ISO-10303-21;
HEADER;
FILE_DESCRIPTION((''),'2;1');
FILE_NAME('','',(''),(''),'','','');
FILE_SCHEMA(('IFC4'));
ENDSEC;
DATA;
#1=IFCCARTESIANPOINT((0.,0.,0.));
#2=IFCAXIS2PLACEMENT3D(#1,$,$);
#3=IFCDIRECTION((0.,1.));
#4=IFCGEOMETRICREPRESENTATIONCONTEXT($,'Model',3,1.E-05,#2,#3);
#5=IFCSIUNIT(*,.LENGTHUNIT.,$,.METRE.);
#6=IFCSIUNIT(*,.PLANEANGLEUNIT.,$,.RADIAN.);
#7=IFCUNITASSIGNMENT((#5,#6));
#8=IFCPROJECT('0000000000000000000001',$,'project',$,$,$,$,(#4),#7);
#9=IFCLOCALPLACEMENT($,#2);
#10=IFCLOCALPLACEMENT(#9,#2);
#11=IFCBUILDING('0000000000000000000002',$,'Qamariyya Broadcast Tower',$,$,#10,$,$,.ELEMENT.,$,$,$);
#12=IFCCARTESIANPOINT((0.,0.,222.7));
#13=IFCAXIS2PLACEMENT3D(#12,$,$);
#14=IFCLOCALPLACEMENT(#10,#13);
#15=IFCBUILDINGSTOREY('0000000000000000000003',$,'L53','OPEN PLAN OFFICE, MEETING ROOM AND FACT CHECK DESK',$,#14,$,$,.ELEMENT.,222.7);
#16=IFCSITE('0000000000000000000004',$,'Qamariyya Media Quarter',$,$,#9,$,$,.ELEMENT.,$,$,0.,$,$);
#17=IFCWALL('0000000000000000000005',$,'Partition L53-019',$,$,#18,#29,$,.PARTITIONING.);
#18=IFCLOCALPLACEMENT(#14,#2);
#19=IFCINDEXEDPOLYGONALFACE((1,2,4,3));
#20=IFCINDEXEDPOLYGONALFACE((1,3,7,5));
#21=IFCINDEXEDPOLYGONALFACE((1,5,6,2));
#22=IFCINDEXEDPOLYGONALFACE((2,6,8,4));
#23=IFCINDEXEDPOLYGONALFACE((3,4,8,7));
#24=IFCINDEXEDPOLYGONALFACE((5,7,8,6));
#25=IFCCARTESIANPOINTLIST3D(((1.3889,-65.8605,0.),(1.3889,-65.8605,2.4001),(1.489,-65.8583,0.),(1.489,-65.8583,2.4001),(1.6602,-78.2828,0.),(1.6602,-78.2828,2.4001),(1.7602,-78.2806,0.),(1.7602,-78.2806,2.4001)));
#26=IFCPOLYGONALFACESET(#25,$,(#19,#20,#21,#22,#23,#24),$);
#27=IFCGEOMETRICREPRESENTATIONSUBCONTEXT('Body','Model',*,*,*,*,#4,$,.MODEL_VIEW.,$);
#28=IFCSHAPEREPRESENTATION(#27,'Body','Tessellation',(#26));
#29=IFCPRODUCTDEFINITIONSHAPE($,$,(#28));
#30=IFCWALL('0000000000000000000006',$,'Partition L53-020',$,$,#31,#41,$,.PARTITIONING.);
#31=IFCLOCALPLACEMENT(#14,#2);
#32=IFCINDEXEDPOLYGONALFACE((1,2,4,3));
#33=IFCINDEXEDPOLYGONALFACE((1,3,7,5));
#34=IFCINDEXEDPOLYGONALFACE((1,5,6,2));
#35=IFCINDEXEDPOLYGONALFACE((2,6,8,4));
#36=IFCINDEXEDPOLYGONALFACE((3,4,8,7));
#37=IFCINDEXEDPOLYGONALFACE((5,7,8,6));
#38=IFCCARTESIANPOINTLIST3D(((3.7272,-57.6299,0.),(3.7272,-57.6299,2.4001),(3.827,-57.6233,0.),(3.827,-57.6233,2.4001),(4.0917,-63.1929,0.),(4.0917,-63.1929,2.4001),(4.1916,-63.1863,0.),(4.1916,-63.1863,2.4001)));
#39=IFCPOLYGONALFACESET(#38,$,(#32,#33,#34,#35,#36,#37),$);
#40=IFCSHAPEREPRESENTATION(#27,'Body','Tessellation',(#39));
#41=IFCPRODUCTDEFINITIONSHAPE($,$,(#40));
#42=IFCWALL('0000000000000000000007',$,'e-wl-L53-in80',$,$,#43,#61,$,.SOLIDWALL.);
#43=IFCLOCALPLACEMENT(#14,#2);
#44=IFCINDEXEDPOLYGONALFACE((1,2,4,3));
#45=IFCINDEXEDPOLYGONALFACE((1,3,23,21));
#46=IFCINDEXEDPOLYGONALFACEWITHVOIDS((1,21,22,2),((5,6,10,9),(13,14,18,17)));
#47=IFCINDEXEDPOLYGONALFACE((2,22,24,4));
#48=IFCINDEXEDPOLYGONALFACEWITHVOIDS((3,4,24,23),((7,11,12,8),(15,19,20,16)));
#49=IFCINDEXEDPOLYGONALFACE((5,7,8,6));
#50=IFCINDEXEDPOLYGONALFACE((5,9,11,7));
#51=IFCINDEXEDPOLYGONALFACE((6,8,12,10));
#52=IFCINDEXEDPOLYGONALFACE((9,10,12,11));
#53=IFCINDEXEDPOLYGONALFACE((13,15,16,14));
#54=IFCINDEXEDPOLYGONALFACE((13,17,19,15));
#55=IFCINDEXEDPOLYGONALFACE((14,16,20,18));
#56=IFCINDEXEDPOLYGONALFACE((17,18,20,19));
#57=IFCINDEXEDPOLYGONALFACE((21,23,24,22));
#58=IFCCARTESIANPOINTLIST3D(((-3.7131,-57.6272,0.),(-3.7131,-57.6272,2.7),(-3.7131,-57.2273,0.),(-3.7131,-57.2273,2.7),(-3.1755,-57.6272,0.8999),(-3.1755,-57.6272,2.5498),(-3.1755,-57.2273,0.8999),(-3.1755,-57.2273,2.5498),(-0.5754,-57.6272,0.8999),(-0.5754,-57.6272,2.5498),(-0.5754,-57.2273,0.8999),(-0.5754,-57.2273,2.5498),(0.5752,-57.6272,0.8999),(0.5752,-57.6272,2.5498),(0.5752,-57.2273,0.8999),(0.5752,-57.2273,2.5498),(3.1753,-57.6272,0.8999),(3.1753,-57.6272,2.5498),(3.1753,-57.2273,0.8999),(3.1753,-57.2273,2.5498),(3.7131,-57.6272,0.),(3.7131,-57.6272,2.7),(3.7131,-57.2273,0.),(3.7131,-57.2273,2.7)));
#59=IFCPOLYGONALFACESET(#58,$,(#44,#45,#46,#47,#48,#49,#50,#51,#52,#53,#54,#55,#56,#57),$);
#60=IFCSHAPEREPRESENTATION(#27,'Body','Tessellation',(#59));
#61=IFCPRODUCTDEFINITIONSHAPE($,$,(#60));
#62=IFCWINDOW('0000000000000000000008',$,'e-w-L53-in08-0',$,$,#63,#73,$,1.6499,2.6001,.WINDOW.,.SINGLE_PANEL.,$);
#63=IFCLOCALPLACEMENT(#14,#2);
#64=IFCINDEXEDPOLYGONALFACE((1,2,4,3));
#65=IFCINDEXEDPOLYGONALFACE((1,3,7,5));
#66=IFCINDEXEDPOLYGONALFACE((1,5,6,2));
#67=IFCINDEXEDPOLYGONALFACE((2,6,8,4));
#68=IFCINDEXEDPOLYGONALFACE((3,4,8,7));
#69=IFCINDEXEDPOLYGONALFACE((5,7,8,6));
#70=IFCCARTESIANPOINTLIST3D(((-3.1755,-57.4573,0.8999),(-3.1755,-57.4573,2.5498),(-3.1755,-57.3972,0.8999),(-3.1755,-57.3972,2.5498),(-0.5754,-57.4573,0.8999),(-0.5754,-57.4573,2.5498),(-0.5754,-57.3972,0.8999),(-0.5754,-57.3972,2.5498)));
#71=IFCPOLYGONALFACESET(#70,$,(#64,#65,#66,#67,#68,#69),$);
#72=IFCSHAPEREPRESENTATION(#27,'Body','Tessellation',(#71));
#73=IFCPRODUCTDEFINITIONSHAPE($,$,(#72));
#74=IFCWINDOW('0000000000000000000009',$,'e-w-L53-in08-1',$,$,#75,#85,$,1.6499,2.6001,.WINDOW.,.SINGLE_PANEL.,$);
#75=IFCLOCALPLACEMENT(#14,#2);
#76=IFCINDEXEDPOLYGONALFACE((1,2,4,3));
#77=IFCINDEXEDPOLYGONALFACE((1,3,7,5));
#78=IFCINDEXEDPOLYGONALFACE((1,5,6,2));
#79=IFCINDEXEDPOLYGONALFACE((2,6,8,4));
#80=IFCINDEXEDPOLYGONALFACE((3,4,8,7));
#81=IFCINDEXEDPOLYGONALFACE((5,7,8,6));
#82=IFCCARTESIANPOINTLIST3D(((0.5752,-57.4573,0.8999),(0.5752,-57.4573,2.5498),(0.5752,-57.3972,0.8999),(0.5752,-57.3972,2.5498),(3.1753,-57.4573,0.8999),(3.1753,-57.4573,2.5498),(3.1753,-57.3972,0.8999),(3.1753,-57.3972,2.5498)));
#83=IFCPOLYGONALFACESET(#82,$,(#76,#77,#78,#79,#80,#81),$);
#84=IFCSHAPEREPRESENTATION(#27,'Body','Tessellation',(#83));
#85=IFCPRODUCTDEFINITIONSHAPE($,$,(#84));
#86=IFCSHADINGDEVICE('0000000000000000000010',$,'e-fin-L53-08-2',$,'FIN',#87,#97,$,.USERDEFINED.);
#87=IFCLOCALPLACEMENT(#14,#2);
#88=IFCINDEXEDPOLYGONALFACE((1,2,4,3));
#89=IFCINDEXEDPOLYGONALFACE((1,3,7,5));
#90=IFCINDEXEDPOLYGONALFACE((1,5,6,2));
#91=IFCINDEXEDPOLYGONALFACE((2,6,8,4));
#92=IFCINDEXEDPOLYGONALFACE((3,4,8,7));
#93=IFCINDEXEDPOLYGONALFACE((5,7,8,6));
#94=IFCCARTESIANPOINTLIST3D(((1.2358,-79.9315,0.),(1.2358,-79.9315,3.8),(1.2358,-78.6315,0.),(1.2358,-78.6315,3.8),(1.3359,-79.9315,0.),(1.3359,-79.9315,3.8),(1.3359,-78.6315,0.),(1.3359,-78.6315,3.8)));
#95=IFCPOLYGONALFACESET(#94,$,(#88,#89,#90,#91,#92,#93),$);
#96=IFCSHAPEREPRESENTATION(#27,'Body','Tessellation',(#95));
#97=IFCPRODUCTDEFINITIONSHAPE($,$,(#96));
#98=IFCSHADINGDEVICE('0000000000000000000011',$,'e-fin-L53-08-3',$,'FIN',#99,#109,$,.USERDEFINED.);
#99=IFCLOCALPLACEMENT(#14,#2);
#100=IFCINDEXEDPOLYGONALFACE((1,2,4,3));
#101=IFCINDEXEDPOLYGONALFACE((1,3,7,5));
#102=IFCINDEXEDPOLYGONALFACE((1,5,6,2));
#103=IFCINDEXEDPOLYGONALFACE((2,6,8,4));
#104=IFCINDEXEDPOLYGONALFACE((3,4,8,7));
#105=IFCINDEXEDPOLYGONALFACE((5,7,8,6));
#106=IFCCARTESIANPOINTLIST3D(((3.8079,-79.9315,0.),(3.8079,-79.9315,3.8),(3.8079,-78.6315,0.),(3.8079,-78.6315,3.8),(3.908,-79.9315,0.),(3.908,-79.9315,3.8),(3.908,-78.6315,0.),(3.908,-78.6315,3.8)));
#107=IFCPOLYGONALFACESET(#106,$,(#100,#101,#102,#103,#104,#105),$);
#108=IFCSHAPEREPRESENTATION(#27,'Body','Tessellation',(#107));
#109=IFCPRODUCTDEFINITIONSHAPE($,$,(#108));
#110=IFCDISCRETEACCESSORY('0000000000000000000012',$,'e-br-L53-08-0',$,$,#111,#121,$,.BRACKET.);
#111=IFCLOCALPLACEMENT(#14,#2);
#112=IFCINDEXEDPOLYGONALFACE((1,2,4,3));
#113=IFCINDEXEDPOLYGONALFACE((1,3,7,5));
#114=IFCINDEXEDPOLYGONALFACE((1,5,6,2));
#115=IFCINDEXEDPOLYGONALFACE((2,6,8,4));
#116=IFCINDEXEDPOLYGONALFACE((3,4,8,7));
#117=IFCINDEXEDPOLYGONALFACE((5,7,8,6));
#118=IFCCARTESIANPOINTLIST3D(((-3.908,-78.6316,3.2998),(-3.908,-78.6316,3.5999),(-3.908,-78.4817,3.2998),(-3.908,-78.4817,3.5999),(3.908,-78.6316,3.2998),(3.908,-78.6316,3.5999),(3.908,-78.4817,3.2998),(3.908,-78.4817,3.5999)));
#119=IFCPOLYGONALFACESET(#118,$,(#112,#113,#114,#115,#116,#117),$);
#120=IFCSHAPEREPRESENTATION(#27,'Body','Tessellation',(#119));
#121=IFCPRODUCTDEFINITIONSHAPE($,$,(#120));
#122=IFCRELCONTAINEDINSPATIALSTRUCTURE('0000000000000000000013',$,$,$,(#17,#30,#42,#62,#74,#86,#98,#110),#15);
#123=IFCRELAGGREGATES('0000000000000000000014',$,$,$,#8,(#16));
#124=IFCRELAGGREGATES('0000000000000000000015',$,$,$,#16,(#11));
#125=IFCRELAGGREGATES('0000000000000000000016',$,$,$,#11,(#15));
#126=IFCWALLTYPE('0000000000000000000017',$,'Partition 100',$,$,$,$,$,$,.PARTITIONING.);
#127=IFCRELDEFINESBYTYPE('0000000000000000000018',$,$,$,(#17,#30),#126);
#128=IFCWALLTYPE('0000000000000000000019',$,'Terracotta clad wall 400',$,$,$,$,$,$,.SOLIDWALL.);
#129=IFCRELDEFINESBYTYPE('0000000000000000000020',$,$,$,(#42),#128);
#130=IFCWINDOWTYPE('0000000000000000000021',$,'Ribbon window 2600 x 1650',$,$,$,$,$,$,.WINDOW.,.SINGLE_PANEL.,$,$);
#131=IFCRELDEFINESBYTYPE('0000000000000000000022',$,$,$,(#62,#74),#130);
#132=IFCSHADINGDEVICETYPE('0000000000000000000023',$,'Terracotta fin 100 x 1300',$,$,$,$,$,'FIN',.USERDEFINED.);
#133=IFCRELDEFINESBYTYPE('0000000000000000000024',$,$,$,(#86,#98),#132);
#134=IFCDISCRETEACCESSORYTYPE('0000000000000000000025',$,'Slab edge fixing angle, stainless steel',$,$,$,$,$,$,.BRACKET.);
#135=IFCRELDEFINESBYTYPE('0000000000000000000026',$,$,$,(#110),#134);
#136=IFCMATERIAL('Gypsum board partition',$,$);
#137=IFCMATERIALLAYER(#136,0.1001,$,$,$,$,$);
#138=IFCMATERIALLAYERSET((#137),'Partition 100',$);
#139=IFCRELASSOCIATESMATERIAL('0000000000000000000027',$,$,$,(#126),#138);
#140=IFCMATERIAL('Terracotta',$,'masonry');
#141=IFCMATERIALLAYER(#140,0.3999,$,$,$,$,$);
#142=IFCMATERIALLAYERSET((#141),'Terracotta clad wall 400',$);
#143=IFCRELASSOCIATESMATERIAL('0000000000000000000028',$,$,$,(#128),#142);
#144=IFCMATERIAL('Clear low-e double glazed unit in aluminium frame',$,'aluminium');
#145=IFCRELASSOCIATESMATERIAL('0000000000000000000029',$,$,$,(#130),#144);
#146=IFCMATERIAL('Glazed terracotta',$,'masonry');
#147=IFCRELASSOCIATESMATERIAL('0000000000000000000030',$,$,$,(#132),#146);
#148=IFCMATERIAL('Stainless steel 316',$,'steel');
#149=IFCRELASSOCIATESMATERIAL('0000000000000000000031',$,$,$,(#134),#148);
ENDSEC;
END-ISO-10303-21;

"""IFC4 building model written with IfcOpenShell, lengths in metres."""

from ifc_helpers import new_model, si_unit, direction, frame, frame_2d, origin, origin_2d, place, context, subcontext, project, spatial, rectangle, extrude, material, layer, layer_set, material_profile, profile_set, type_object, element, fill, save


model = new_model("IFC4")

# Units and contexts
model_context = context("Model", 3, precision=1e-05, world=origin(), true_north=direction((0.0, 1.0)))
body_context = subcontext(model_context, "Body", "Model", "MODEL_VIEW")
ifc_project = project(units=[si_unit("LENGTHUNIT", "METRE"), si_unit("PLANEANGLEUNIT", "RADIAN")], contexts=[model_context])

# Site, building, storey
site_placement = place(None, origin())
site = spatial("IfcSite", under=ifc_project, at=site_placement, Name="Qamariyya Media Quarter", CompositionType="ELEMENT", RefElevation=0.0)
building_placement = place(site_placement, origin())
building = spatial("IfcBuilding", under=site, at=building_placement, Name="Qamariyya Broadcast Tower", CompositionType="ELEMENT")
storey_placement = place(building_placement, frame((0.0, 0.0, 222.7)))
storey = spatial("IfcBuildingStorey", under=building, at=storey_placement, Name="L53", Description="OPEN PLAN OFFICE, MEETING ROOM AND FACT CHECK DESK", CompositionType="ELEMENT", Elevation=222.7)

# Shared definitions
ifc_material_1 = material(Name="Gypsum board partition")

# Walls
ifc_layer_1 = layer(ifc_material_1, 0.1001)
ifc_layer_set_1 = layer_set([ifc_layer_1], Name="Partition 100")
wall_type_1 = type_object("IfcWallType", Name="Partition 100", PredefinedType="PARTITIONING", material=ifc_layer_set_1)
wall_1_placement = place(storey_placement, frame((1.7102, -78.2817, 0.0), z_axis=(0.0, 0.0, 1.0), x_axis=(-0.02183, 0.999762, 0.0)))
element("IfcWall", 1, at=wall_1_placement, inside=storey, type_object=wall_type_1, Name="Partition L53-019", PredefinedType="PARTITIONING", context=body_context, shape_type="SweptSolid", body=[
    extrude(rectangle(XDim=12.4253, YDim=0.1001, at=frame_2d((6.2126, 0.0))), origin(), (0.0, 0.0, 1.0), 2.4001),
])
wall_2_placement = place(storey_placement, frame((3.7771, -57.6265, 0.0), z_axis=(0.0, 0.0, 1.0), x_axis=(0.065382, -0.99786, 0.0)))
element("IfcWall", 2, at=wall_2_placement, inside=storey, type_object=wall_type_1, Name="Partition L53-020", PredefinedType="PARTITIONING", context=body_context, shape_type="SweptSolid", body=[
    extrude(rectangle(XDim=5.575, YDim=0.1001, at=frame_2d((2.7876, 0.0))), origin(), (0.0, 0.0, 1.0), 2.4001),
])

# Wall, openings, windows
ifc_material_2 = material(Name="Terracotta", Category="masonry")
ifc_layer_2 = layer(ifc_material_2, 0.3999)
ifc_layer_set_2 = layer_set([ifc_layer_2], Name="Terracotta clad wall 400")
wall_type_2 = type_object("IfcWallType", Name="Terracotta clad wall 400", PredefinedType="SOLIDWALL", material=ifc_layer_set_2)
wall_3_placement = place(storey_placement, frame((3.7131, -57.4272, 0.0), z_axis=(0.0, 0.0, 1.0), x_axis=(-1.0, 0.0, 0.0)))
wall_3 = element("IfcWall", 3, at=wall_3_placement, inside=storey, type_object=wall_type_2, Name="e-wl-L53-in80", PredefinedType="SOLIDWALL", context=body_context, shape_type="SweptSolid", body=[
    extrude(rectangle(XDim=7.4263, YDim=0.3999, at=frame_2d((3.7131, 0.0))), origin(), (0.0, 0.0, 1.0), 2.7),
])
opening_1_placement = place(wall_3_placement, frame((4.2886, 0.0, 0.8999)))
opening_1 = element("IfcOpeningElement", 4, at=opening_1_placement, cuts=wall_3, PredefinedType="OPENING", context=body_context, shape_type="SweptSolid", body=[
    extrude(rectangle(XDim=2.6001, YDim=1.6499, at=frame_2d((1.3, 0.825))), frame((0.0, 0.21, 0.0), z_axis=(0.0, -1.0, 0.0), x_axis=(1.0, 0.0, 0.0)), (0.0, 0.0, 1.0), 0.4199),
])
opening_2_placement = place(wall_3_placement, frame((0.5378, 0.0, 0.8999)))
opening_2 = element("IfcOpeningElement", 5, at=opening_2_placement, cuts=wall_3, PredefinedType="OPENING", context=body_context, shape_type="SweptSolid", body=[
    extrude(rectangle(XDim=2.6001, YDim=1.6499, at=frame_2d((1.3, 0.825))), frame((0.0, 0.21, 0.0), z_axis=(0.0, -1.0, 0.0), x_axis=(1.0, 0.0, 0.0)), (0.0, 0.0, 1.0), 0.4199),
])
ifc_material_3 = material(Name="Clear low-e double glazed unit in aluminium frame", Category="aluminium")
window_type = type_object("IfcWindowType", Name="Ribbon window 2600 x 1650", PartitioningType="SINGLE_PANEL", PredefinedType="WINDOW", material=ifc_material_3)
window_1_placement = place(opening_1_placement, origin())
window_1 = element("IfcWindow", 6, at=window_1_placement, inside=storey, type_object=window_type, Name="e-w-L53-in08-0", OverallHeight=1.6499, OverallWidth=2.6001, PartitioningType="SINGLE_PANEL", PredefinedType="WINDOW", context=body_context, shape_type="SweptSolid", body=[
    extrude(rectangle(XDim=2.6001, YDim=1.6499, at=frame_2d((1.3, 0.825))), frame((0.0, 0.03, 0.0), z_axis=(0.0, -1.0, 0.0), x_axis=(1.0, 0.0, 0.0)), (0.0, 0.0, 1.0), 0.0601),
])
fill(opening_1, window_1)
window_2_placement = place(opening_2_placement, origin())
window_2 = element("IfcWindow", 7, at=window_2_placement, inside=storey, type_object=window_type, Name="e-w-L53-in08-1", OverallHeight=1.6499, OverallWidth=2.6001, PartitioningType="SINGLE_PANEL", PredefinedType="WINDOW", context=body_context, shape_type="SweptSolid", body=[
    extrude(rectangle(XDim=2.6001, YDim=1.6499, at=frame_2d((1.3, 0.825))), frame((0.0, 0.03, 0.0), z_axis=(0.0, -1.0, 0.0), x_axis=(1.0, 0.0, 0.0)), (0.0, 0.0, 1.0), 0.0601),
])
fill(opening_2, window_2)

# Shading devices
ifc_material_4 = material(Name="Glazed terracotta", Category="masonry")
ifc_material_profile_1 = material_profile(ifc_material_4, rectangle(XDim=1.3, YDim=0.1001, at=origin_2d()))
ifc_profile_set_1 = profile_set([ifc_material_profile_1], Name="Glazed terracotta")
shading_device_type_1 = type_object("IfcShadingDeviceType", Name="Terracotta fin 100 x 1300", ElementType="FIN", PredefinedType="USERDEFINED", material=ifc_profile_set_1)
for number, where, z_axis, x_axis, name in (
    (8, (1.2859, -79.2815, 0.0), (0.0, 0.0, 1.0), (0.0, -1.0, 0.0), "e-fin-L53-08-2"),
    (9, (3.8579, -79.2815, 0.0), (0.0, 0.0, 1.0), (0.0, -1.0, 0.0), "e-fin-L53-08-3"),
):
    element("IfcShadingDevice", number, at=place(storey_placement, frame(where, z_axis=z_axis, x_axis=x_axis)), inside=storey, type_object=shading_device_type_1, Name=name, ObjectType="FIN", PredefinedType="USERDEFINED", context=body_context, shape_type="SweptSolid", body=[
        extrude(rectangle(XDim=1.3, YDim=0.1001, at=origin_2d()), origin(), (0.0, 0.0, 1.0), 3.8),
    ])

# Discrete accessory
ifc_material_5 = material(Name="Stainless steel 316", Category="steel")
discrete_accessory_type = type_object("IfcDiscreteAccessoryType", Name="Slab edge fixing angle, stainless steel", PredefinedType="BRACKET", material=ifc_material_5)
discrete_accessory_placement = place(storey_placement, frame((0.0, -78.5566, 3.2998), z_axis=(0.0, 0.0, 1.0), x_axis=(1.0, 0.0, 0.0)))
element("IfcDiscreteAccessory", 10, at=discrete_accessory_placement, inside=storey, type_object=discrete_accessory_type, Name="e-br-L53-08-0", PredefinedType="BRACKET", context=body_context, shape_type="SweptSolid", body=[
    extrude(rectangle(XDim=7.8159, YDim=0.1499, at=origin_2d()), origin(), (0.0, 0.0, 1.0), 0.3),
])

save(model, "model.ifc")
